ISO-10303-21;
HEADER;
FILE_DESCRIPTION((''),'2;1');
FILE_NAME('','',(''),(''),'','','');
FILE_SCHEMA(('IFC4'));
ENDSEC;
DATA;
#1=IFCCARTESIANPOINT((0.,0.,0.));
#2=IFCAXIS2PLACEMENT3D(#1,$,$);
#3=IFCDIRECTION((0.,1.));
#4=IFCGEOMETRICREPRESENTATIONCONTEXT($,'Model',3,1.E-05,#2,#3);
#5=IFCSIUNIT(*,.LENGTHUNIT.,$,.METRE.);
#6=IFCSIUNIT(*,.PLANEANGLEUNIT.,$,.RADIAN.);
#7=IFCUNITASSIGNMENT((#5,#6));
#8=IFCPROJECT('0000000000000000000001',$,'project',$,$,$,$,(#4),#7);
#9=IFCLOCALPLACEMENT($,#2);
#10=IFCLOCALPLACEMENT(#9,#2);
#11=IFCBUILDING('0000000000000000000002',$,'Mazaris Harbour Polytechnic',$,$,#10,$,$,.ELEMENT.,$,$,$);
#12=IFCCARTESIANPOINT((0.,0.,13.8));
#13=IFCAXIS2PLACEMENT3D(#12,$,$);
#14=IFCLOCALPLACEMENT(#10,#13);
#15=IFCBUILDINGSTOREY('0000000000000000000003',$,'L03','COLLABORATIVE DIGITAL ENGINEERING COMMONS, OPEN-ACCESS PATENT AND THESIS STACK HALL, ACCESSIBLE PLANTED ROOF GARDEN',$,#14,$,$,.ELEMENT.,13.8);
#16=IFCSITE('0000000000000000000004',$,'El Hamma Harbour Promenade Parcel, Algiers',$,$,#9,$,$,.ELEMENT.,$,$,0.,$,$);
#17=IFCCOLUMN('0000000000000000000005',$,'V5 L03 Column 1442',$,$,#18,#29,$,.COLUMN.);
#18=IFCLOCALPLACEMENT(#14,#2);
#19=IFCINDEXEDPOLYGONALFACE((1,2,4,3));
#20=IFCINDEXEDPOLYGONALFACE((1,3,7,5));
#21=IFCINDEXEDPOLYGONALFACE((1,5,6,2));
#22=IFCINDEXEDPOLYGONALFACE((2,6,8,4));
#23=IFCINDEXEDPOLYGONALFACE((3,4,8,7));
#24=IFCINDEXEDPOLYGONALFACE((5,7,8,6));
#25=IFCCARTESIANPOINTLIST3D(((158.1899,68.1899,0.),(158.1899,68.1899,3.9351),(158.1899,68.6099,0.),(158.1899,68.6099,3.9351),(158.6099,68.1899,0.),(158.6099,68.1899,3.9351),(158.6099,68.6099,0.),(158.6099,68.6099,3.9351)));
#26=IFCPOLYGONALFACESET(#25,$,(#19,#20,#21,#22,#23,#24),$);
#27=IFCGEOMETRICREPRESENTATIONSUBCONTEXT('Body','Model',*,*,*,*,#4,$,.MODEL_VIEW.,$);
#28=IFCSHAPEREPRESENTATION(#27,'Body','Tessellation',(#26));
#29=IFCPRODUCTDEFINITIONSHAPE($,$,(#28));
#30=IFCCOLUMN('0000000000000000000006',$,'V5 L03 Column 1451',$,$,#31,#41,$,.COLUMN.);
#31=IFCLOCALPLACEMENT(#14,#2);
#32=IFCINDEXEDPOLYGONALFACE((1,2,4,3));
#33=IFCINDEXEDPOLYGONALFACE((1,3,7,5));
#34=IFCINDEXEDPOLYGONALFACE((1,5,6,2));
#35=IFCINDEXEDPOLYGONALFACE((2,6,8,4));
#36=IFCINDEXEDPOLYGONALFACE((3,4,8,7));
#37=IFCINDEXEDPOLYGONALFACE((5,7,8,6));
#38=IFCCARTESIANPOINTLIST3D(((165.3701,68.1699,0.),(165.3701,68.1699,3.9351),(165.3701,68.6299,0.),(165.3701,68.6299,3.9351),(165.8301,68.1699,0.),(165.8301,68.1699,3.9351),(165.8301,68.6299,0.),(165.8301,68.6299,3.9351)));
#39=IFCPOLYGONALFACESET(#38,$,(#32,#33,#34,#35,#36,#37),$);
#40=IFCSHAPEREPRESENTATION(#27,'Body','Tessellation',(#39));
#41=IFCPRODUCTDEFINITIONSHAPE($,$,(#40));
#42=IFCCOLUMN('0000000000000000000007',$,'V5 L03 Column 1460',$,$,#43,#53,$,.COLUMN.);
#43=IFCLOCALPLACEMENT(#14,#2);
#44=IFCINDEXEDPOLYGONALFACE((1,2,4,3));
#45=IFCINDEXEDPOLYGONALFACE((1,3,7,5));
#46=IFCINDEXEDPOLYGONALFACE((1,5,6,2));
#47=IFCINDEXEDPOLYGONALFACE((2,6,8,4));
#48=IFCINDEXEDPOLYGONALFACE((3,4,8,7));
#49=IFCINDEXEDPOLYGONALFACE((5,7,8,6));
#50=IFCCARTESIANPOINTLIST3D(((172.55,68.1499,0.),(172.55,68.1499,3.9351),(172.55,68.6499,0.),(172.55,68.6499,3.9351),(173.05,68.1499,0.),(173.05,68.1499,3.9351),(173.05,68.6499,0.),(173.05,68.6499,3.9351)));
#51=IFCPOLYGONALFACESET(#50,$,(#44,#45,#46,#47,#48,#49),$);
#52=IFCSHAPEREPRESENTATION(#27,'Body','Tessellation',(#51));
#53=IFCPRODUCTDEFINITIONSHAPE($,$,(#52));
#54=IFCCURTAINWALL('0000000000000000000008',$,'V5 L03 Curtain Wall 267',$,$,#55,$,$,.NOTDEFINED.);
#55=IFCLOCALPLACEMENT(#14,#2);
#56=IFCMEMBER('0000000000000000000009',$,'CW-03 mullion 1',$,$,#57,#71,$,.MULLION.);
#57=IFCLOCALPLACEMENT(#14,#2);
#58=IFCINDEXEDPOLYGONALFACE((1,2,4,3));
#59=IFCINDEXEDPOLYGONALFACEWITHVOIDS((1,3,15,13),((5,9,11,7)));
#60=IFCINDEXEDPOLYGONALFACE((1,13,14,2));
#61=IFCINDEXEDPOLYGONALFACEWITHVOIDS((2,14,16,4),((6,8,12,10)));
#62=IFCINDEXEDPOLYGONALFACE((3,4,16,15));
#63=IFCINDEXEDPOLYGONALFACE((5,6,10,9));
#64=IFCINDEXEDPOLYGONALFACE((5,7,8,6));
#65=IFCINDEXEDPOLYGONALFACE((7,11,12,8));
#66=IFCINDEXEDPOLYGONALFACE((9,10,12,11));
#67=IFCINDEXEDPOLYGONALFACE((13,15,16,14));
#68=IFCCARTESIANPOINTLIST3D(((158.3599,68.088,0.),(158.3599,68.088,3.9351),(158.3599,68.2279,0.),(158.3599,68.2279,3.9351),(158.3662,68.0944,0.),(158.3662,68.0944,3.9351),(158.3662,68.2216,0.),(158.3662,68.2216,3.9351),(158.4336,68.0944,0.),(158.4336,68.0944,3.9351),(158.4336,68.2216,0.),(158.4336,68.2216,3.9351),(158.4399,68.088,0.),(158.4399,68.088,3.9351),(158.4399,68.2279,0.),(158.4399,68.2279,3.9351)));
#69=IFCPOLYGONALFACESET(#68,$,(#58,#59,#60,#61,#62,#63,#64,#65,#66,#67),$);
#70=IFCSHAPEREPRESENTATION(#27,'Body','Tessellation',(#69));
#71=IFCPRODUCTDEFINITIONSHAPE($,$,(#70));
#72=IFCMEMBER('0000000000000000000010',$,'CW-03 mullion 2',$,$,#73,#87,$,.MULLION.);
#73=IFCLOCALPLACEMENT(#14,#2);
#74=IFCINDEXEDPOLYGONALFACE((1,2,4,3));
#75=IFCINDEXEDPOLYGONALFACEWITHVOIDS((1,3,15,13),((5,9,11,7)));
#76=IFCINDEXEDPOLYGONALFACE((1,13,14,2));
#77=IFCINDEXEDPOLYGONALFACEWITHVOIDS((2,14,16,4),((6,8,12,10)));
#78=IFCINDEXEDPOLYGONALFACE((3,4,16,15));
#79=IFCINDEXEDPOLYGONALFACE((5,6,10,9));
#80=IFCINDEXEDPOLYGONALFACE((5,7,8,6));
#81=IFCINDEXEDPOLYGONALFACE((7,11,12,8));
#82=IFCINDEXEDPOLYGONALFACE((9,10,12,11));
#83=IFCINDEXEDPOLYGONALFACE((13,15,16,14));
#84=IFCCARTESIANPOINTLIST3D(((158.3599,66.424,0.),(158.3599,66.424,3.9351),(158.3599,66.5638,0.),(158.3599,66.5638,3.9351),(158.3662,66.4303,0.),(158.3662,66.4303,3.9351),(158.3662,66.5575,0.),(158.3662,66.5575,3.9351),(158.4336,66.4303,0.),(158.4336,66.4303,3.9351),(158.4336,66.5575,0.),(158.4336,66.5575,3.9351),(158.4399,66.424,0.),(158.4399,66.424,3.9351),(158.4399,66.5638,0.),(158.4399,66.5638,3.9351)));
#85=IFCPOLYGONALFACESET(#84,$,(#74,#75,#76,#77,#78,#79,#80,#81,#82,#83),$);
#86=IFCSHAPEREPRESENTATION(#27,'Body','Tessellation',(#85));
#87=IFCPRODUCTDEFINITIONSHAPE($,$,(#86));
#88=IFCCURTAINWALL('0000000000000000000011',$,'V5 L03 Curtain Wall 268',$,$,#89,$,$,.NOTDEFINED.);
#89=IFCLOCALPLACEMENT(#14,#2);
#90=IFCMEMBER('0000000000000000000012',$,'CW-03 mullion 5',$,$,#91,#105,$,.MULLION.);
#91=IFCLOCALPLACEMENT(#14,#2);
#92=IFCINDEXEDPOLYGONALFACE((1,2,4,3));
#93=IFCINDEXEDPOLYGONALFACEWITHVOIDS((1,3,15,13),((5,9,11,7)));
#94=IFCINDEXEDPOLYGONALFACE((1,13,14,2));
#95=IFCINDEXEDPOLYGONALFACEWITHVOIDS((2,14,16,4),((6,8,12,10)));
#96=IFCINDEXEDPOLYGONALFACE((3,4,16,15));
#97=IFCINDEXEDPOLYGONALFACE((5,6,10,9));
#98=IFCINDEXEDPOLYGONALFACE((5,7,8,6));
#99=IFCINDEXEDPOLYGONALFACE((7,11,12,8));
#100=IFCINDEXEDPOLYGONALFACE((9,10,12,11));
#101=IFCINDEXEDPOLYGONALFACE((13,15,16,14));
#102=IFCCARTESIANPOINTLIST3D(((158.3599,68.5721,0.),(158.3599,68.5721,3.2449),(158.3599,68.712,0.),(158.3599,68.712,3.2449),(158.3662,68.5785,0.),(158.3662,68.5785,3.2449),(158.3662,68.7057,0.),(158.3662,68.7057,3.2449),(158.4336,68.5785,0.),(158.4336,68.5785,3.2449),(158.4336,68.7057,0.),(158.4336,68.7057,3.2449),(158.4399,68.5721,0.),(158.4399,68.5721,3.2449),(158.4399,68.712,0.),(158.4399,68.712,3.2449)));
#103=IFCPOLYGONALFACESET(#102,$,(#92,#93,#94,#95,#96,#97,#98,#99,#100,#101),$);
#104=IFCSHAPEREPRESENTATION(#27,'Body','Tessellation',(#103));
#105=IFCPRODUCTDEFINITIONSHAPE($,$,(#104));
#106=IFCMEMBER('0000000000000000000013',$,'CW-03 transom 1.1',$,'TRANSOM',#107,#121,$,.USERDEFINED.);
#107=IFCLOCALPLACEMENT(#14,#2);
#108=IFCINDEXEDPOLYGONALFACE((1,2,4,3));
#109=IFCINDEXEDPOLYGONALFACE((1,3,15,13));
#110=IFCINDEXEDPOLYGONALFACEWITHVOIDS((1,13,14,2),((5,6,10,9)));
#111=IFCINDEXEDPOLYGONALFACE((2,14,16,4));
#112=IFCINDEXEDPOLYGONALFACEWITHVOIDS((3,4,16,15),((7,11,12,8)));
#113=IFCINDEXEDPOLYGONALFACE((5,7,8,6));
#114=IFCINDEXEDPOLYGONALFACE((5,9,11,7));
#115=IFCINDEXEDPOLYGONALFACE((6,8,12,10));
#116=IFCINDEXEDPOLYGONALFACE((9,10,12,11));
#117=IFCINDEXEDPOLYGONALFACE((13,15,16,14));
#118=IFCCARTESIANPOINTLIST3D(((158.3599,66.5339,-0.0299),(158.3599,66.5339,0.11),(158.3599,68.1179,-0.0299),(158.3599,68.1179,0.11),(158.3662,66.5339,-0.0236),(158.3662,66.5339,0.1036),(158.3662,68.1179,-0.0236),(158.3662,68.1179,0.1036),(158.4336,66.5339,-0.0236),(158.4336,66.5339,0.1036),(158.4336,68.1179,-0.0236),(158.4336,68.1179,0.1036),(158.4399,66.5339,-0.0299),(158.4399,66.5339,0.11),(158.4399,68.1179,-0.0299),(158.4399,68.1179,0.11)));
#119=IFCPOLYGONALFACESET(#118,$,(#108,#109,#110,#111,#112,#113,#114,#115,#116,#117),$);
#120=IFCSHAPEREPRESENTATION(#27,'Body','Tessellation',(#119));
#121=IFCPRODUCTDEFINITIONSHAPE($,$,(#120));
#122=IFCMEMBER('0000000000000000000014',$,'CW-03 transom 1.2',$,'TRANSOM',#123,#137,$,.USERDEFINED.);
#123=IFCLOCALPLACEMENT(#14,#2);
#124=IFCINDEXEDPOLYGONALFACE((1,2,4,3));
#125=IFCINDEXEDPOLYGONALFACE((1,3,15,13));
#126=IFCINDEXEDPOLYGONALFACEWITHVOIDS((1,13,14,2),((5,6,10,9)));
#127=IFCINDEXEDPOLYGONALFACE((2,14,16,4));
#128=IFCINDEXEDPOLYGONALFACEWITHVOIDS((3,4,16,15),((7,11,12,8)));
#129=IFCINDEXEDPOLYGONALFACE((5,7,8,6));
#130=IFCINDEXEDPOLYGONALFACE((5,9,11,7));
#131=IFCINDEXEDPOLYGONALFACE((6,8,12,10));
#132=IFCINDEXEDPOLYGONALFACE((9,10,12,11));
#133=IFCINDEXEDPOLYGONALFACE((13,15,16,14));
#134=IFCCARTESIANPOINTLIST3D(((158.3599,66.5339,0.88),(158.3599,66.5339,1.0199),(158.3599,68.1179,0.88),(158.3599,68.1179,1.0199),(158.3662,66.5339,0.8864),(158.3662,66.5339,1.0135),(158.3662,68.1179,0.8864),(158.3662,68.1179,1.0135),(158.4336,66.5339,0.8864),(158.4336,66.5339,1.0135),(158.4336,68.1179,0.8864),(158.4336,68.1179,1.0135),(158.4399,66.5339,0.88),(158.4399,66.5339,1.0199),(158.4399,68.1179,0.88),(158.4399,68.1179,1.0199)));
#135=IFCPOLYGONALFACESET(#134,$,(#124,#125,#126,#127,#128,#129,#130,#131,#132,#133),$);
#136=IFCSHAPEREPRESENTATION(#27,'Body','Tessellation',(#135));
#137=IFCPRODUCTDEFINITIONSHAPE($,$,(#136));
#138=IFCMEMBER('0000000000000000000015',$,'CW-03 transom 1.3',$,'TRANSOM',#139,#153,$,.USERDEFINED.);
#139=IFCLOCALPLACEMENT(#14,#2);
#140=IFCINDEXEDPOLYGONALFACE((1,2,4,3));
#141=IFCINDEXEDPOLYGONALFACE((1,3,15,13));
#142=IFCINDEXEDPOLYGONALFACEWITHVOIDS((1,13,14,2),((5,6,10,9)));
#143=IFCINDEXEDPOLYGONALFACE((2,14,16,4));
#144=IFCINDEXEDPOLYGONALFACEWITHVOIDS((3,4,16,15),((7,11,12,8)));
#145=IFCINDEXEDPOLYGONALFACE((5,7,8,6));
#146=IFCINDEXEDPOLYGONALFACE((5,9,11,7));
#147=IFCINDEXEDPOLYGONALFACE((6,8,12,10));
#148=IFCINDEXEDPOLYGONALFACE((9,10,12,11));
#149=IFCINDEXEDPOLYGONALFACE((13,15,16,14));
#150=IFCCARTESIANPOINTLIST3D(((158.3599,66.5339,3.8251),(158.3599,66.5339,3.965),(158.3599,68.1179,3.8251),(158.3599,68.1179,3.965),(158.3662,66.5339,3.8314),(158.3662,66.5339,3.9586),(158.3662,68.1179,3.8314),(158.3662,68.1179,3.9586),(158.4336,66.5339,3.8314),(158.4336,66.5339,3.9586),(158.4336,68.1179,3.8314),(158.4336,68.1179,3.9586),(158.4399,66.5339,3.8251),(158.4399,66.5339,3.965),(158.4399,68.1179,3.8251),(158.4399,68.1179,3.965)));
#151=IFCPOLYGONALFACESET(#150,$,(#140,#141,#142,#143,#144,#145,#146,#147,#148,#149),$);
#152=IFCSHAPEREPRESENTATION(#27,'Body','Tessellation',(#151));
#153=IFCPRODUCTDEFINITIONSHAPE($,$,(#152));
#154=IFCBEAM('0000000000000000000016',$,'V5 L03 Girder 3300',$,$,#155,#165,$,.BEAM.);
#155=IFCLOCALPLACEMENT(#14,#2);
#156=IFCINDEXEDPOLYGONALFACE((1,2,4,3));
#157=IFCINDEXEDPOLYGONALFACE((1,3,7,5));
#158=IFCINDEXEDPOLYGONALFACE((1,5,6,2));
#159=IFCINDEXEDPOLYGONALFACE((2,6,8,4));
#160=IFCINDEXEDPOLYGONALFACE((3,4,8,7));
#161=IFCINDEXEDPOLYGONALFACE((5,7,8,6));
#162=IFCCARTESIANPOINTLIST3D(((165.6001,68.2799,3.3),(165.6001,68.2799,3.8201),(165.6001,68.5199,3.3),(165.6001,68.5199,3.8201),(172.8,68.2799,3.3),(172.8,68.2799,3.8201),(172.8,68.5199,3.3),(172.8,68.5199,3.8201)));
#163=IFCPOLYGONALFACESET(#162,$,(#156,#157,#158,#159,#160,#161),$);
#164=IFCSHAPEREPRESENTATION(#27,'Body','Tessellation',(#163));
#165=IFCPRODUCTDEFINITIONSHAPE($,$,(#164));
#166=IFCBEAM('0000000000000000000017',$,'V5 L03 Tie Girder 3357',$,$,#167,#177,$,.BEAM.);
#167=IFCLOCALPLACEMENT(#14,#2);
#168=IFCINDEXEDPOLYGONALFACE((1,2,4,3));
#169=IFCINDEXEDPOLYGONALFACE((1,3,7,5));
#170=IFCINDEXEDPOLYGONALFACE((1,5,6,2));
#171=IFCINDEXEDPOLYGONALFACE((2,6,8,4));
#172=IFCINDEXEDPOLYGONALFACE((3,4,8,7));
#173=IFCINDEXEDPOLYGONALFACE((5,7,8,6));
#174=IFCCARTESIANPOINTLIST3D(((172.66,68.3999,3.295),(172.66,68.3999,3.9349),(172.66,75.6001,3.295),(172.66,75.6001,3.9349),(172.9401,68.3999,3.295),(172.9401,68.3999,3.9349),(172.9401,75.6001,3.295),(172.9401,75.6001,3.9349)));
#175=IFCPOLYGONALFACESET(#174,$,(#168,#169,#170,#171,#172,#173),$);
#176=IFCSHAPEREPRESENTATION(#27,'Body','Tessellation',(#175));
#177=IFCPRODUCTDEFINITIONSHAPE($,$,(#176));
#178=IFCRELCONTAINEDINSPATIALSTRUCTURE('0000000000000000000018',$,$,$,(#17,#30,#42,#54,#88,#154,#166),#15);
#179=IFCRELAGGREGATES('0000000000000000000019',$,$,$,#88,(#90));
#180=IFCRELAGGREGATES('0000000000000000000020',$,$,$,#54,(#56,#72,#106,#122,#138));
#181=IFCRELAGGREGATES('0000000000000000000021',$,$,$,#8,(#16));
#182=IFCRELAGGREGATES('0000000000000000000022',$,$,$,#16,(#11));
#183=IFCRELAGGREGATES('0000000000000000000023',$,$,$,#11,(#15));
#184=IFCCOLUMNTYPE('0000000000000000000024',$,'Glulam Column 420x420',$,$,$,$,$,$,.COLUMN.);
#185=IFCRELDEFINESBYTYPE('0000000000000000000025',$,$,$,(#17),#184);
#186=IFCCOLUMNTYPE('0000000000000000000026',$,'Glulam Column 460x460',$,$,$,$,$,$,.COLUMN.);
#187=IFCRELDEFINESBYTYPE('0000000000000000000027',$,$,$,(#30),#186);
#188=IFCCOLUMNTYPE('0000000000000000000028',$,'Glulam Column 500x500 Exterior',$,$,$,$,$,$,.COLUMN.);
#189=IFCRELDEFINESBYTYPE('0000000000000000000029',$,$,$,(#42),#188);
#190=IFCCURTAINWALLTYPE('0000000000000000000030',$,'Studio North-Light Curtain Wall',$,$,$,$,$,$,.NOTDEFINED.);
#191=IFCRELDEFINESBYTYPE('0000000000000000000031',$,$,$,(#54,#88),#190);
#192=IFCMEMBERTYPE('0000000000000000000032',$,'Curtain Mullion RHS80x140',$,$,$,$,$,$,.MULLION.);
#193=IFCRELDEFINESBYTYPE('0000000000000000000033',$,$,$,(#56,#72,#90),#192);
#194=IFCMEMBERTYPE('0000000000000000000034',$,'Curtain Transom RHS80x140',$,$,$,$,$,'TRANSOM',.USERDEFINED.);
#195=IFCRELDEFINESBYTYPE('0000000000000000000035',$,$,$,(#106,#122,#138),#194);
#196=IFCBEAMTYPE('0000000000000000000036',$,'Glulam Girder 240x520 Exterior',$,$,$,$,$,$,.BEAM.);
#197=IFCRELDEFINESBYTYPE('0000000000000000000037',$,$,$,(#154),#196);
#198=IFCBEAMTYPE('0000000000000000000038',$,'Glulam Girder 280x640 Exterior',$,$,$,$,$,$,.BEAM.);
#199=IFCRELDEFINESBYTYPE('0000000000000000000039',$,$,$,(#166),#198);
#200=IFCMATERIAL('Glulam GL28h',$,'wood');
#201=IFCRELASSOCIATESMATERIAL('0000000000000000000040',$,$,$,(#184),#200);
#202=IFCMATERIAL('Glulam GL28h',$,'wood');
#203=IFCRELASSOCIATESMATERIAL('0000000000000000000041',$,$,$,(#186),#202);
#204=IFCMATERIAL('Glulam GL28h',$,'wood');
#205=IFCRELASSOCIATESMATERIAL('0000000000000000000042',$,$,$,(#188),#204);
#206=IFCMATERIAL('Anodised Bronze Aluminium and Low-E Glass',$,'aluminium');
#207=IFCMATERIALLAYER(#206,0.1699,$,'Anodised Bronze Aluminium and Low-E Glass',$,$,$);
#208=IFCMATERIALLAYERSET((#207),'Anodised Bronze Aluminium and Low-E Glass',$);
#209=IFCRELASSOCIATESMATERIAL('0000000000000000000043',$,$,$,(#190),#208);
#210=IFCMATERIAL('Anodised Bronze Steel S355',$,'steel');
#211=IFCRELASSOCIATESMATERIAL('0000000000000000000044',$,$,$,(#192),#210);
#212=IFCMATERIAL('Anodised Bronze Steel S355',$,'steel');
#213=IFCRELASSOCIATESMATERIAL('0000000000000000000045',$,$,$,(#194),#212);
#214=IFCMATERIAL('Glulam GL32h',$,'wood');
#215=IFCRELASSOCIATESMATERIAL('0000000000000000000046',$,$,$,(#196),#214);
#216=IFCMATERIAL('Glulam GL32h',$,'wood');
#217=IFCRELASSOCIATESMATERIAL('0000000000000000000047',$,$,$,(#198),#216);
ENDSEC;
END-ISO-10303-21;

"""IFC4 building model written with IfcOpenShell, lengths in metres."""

from ifc_helpers import new_model, si_unit, direction, frame, origin, origin_2d, place, context, subcontext, project, spatial, rectangle, hollow_rectangle, extrude, material, layer, layer_set, material_profile, profile_set, type_object, element, aggregate, save


model = new_model("IFC4")

# Units and contexts
model_context = context("Model", 3, precision=1e-05, world=origin(), true_north=direction((0.0, 1.0)))
body_context = subcontext(model_context, "Body", "Model", "MODEL_VIEW")
ifc_project = project(units=[si_unit("LENGTHUNIT", "METRE"), si_unit("PLANEANGLEUNIT", "RADIAN")], contexts=[model_context])

# Site, building, storey
site_placement = place(None, origin())
site = spatial("IfcSite", under=ifc_project, at=site_placement, Name="El Hamma Harbour Promenade Parcel, Algiers", CompositionType="ELEMENT", RefElevation=0.0)
building_placement = place(site_placement, origin())
building = spatial("IfcBuilding", under=site, at=building_placement, Name="Mazaris Harbour Polytechnic", CompositionType="ELEMENT")
storey_placement = place(building_placement, frame((0.0, 0.0, 13.8)))
storey = spatial("IfcBuildingStorey", under=building, at=storey_placement, Name="L03", Description="COLLABORATIVE DIGITAL ENGINEERING COMMONS, OPEN-ACCESS PATENT AND THESIS STACK HALL, ACCESSIBLE PLANTED ROOF GARDEN", CompositionType="ELEMENT", Elevation=13.8)

# Columns
ifc_material_1 = material(Name="Glulam GL28h", Category="wood")
ifc_material_profile_1 = material_profile(ifc_material_1, rectangle(XDim=0.4199, YDim=0.4199, at=origin_2d()), Name="RECT420x420")
ifc_profile_set_1 = profile_set([ifc_material_profile_1], Name="Glulam GL28h")
column_type_1 = type_object("IfcColumnType", Name="Glulam Column 420x420", PredefinedType="COLUMN", material=ifc_profile_set_1)
column_1_placement = place(storey_placement, frame((158.3999, 68.3999, 0.0), z_axis=(0.0, 0.0, 1.0), x_axis=(1.0, 0.0, 0.0)))
element("IfcColumn", 1, at=column_1_placement, inside=storey, type_object=column_type_1, Name="V5 L03 Column 1442", PredefinedType="COLUMN", context=body_context, shape_type="SweptSolid", body=[
    extrude(rectangle(XDim=0.4199, YDim=0.4199, at=origin_2d()), origin(), (0.0, 0.0, 1.0), 3.9351),
])
ifc_material_2 = material(Name="Glulam GL28h", Category="wood")
ifc_material_profile_2 = material_profile(ifc_material_2, rectangle(XDim=0.46, YDim=0.46, at=origin_2d()), Name="RECT460x460")
ifc_profile_set_2 = profile_set([ifc_material_profile_2], Name="Glulam GL28h")
column_type_2 = type_object("IfcColumnType", Name="Glulam Column 460x460", PredefinedType="COLUMN", material=ifc_profile_set_2)
column_2_placement = place(storey_placement, frame((165.6001, 68.3999, 0.0), z_axis=(0.0, 0.0, 1.0), x_axis=(1.0, 0.0, 0.0)))
element("IfcColumn", 2, at=column_2_placement, inside=storey, type_object=column_type_2, Name="V5 L03 Column 1451", PredefinedType="COLUMN", context=body_context, shape_type="SweptSolid", body=[
    extrude(rectangle(XDim=0.46, YDim=0.46, at=origin_2d()), origin(), (0.0, 0.0, 1.0), 3.9351),
])
ifc_material_3 = material(Name="Glulam GL28h", Category="wood")
ifc_material_profile_3 = material_profile(ifc_material_3, rectangle(XDim=0.5, YDim=0.5, at=origin_2d()), Name="RECT500x500")
ifc_profile_set_3 = profile_set([ifc_material_profile_3], Name="Glulam GL28h")
column_type_3 = type_object("IfcColumnType", Name="Glulam Column 500x500 Exterior", PredefinedType="COLUMN", material=ifc_profile_set_3)
column_3_placement = place(storey_placement, frame((172.8, 68.3999, 0.0), z_axis=(0.0, 0.0, 1.0), x_axis=(1.0, 0.0, 0.0)))
element("IfcColumn", 3, at=column_3_placement, inside=storey, type_object=column_type_3, Name="V5 L03 Column 1460", PredefinedType="COLUMN", context=body_context, shape_type="SweptSolid", body=[
    extrude(rectangle(XDim=0.5, YDim=0.5, at=origin_2d()), origin(), (0.0, 0.0, 1.0), 3.9351),
])

# Curtain wall, members
ifc_material_4 = material(Name="Anodised Bronze Aluminium and Low-E Glass", Category="aluminium")
ifc_layer_1 = layer(ifc_material_4, 0.1699, Name="Anodised Bronze Aluminium and Low-E Glass")
ifc_layer_set_1 = layer_set([ifc_layer_1], Name="Anodised Bronze Aluminium and Low-E Glass")
curtain_wall_type = type_object("IfcCurtainWallType", Name="Studio North-Light Curtain Wall", PredefinedType="NOTDEFINED", material=ifc_layer_set_1)
curtain_wall_1_placement = place(storey_placement, origin())
curtain_wall_1 = element("IfcCurtainWall", 4, at=curtain_wall_1_placement, inside=storey, type_object=curtain_wall_type, Name="V5 L03 Curtain Wall 267", PredefinedType="NOTDEFINED")
ifc_material_5 = material(Name="Anodised Bronze Steel S355", Category="steel")
ifc_material_profile_4 = material_profile(ifc_material_5, hollow_rectangle(XDim=0.0801, YDim=0.1399, WallThickness=0.0063, at=origin_2d()), Name="RHS 80x140x6.3")
ifc_profile_set_4 = profile_set([ifc_material_profile_4], Name="Anodised Bronze Steel S355")
member_type_1 = type_object("IfcMemberType", Name="Curtain Mullion RHS80x140", PredefinedType="MULLION", material=ifc_profile_set_4)
member_1_placement = place(storey_placement, frame((158.3999, 68.158, 0.0), z_axis=(0.0, 0.0, 1.0), x_axis=(1.0, 0.0, 0.0)))
member_1 = element("IfcMember", 5, at=member_1_placement, type_object=member_type_1, Name="CW-03 mullion 1", PredefinedType="MULLION", context=body_context, shape_type="SweptSolid", body=[
    extrude(hollow_rectangle(XDim=0.0801, YDim=0.1399, WallThickness=0.0063, at=origin_2d()), origin(), (0.0, 0.0, 1.0), 3.9351),
])
member_2_placement = place(storey_placement, frame((158.3999, 66.4939, 0.0), z_axis=(0.0, 0.0, 1.0), x_axis=(1.0, 0.0, 0.0)))
member_2 = element("IfcMember", 6, at=member_2_placement, type_object=member_type_1, Name="CW-03 mullion 2", PredefinedType="MULLION", context=body_context, shape_type="SweptSolid", body=[
    extrude(hollow_rectangle(XDim=0.0801, YDim=0.1399, WallThickness=0.0063, at=origin_2d()), origin(), (0.0, 0.0, 1.0), 3.9351),
])

# Curtain wall, member
curtain_wall_2_placement = place(storey_placement, origin())
curtain_wall_2 = element("IfcCurtainWall", 7, at=curtain_wall_2_placement, inside=storey, type_object=curtain_wall_type, Name="V5 L03 Curtain Wall 268", PredefinedType="NOTDEFINED")
member_3_placement = place(storey_placement, frame((158.3999, 68.6421, 0.0), z_axis=(0.0, 0.0, 1.0), x_axis=(1.0, 0.0, 0.0)))
member_3 = element("IfcMember", 8, at=member_3_placement, type_object=member_type_1, Name="CW-03 mullion 5", PredefinedType="MULLION", context=body_context, shape_type="SweptSolid", body=[
    extrude(hollow_rectangle(XDim=0.0801, YDim=0.1399, WallThickness=0.0063, at=origin_2d()), origin(), (0.0, 0.0, 1.0), 3.2449),
])
aggregate(curtain_wall_2, [member_3])

# Members
ifc_material_6 = material(Name="Anodised Bronze Steel S355", Category="steel")
ifc_material_profile_5 = material_profile(ifc_material_6, hollow_rectangle(XDim=0.0801, YDim=0.1399, WallThickness=0.0063, at=origin_2d()), Name="RHS 80x140x6.3")
ifc_profile_set_5 = profile_set([ifc_material_profile_5], Name="Anodised Bronze Steel S355")
member_type_2 = type_object("IfcMemberType", Name="Curtain Transom RHS80x140", ElementType="TRANSOM", PredefinedType="USERDEFINED", material=ifc_profile_set_5)
member_4_placement = place(storey_placement, frame((158.3999, 68.1179, 0.04), z_axis=(0.0, -1.0, 0.0), x_axis=(1.0, 0.0, 0.0)))
member_4 = element("IfcMember", 9, at=member_4_placement, type_object=member_type_2, Name="CW-03 transom 1.1", ObjectType="TRANSOM", PredefinedType="USERDEFINED", context=body_context, shape_type="SweptSolid", body=[
    extrude(hollow_rectangle(XDim=0.0801, YDim=0.1399, WallThickness=0.0063, at=origin_2d()), origin(), (0.0, 0.0, 1.0), 1.584),
])
member_5_placement = place(storey_placement, frame((158.3999, 68.1179, 0.95), z_axis=(0.0, -1.0, 0.0), x_axis=(1.0, 0.0, 0.0)))
member_5 = element("IfcMember", 10, at=member_5_placement, type_object=member_type_2, Name="CW-03 transom 1.2", ObjectType="TRANSOM", PredefinedType="USERDEFINED", context=body_context, shape_type="SweptSolid", body=[
    extrude(hollow_rectangle(XDim=0.0801, YDim=0.1399, WallThickness=0.0063, at=origin_2d()), origin(), (0.0, 0.0, 1.0), 1.584),
])
member_6_placement = place(storey_placement, frame((158.3999, 68.1179, 3.895), z_axis=(0.0, -1.0, 0.0), x_axis=(1.0, 0.0, 0.0)))
member_6 = element("IfcMember", 11, at=member_6_placement, type_object=member_type_2, Name="CW-03 transom 1.3", ObjectType="TRANSOM", PredefinedType="USERDEFINED", context=body_context, shape_type="SweptSolid", body=[
    extrude(hollow_rectangle(XDim=0.0801, YDim=0.1399, WallThickness=0.0063, at=origin_2d()), origin(), (0.0, 0.0, 1.0), 1.584),
])

# Beams
ifc_material_7 = material(Name="Glulam GL32h", Category="wood")
ifc_material_profile_6 = material_profile(ifc_material_7, rectangle(XDim=0.24, YDim=0.52, at=origin_2d()), Name="RECT240x520")
ifc_profile_set_6 = profile_set([ifc_material_profile_6], Name="Glulam GL32h")
beam_type_1 = type_object("IfcBeamType", Name="Glulam Girder 240x520 Exterior", PredefinedType="BEAM", material=ifc_profile_set_6)
beam_1_placement = place(storey_placement, frame((165.6001, 68.3999, 3.5601), z_axis=(1.0, 0.0, 0.0), x_axis=(0.0, 1.0, 0.0)))
element("IfcBeam", 12, at=beam_1_placement, inside=storey, type_object=beam_type_1, Name="V5 L03 Girder 3300", PredefinedType="BEAM", context=body_context, shape_type="SweptSolid", body=[
    extrude(rectangle(XDim=0.24, YDim=0.52, at=origin_2d()), origin(), (0.0, 0.0, 1.0), 7.2),
])
ifc_material_8 = material(Name="Glulam GL32h", Category="wood")
ifc_material_profile_7 = material_profile(ifc_material_8, rectangle(XDim=0.28, YDim=0.6399, at=origin_2d()), Name="RECT280x640")
ifc_profile_set_7 = profile_set([ifc_material_profile_7], Name="Glulam GL32h")
beam_type_2 = type_object("IfcBeamType", Name="Glulam Girder 280x640 Exterior", PredefinedType="BEAM", material=ifc_profile_set_7)
beam_2_placement = place(storey_placement, frame((172.8, 68.3999, 3.615), z_axis=(0.0, 1.0, 0.0), x_axis=(-1.0, 0.0, 0.0)))
element("IfcBeam", 13, at=beam_2_placement, inside=storey, type_object=beam_type_2, Name="V5 L03 Tie Girder 3357", PredefinedType="BEAM", context=body_context, shape_type="SweptSolid", body=[
    extrude(rectangle(XDim=0.28, YDim=0.6399, at=origin_2d()), origin(), (0.0, 0.0, 1.0), 7.2002),
])

aggregate(curtain_wall_1, [member_1, member_2, member_4, member_5, member_6])

save(model, "model.ifc")
